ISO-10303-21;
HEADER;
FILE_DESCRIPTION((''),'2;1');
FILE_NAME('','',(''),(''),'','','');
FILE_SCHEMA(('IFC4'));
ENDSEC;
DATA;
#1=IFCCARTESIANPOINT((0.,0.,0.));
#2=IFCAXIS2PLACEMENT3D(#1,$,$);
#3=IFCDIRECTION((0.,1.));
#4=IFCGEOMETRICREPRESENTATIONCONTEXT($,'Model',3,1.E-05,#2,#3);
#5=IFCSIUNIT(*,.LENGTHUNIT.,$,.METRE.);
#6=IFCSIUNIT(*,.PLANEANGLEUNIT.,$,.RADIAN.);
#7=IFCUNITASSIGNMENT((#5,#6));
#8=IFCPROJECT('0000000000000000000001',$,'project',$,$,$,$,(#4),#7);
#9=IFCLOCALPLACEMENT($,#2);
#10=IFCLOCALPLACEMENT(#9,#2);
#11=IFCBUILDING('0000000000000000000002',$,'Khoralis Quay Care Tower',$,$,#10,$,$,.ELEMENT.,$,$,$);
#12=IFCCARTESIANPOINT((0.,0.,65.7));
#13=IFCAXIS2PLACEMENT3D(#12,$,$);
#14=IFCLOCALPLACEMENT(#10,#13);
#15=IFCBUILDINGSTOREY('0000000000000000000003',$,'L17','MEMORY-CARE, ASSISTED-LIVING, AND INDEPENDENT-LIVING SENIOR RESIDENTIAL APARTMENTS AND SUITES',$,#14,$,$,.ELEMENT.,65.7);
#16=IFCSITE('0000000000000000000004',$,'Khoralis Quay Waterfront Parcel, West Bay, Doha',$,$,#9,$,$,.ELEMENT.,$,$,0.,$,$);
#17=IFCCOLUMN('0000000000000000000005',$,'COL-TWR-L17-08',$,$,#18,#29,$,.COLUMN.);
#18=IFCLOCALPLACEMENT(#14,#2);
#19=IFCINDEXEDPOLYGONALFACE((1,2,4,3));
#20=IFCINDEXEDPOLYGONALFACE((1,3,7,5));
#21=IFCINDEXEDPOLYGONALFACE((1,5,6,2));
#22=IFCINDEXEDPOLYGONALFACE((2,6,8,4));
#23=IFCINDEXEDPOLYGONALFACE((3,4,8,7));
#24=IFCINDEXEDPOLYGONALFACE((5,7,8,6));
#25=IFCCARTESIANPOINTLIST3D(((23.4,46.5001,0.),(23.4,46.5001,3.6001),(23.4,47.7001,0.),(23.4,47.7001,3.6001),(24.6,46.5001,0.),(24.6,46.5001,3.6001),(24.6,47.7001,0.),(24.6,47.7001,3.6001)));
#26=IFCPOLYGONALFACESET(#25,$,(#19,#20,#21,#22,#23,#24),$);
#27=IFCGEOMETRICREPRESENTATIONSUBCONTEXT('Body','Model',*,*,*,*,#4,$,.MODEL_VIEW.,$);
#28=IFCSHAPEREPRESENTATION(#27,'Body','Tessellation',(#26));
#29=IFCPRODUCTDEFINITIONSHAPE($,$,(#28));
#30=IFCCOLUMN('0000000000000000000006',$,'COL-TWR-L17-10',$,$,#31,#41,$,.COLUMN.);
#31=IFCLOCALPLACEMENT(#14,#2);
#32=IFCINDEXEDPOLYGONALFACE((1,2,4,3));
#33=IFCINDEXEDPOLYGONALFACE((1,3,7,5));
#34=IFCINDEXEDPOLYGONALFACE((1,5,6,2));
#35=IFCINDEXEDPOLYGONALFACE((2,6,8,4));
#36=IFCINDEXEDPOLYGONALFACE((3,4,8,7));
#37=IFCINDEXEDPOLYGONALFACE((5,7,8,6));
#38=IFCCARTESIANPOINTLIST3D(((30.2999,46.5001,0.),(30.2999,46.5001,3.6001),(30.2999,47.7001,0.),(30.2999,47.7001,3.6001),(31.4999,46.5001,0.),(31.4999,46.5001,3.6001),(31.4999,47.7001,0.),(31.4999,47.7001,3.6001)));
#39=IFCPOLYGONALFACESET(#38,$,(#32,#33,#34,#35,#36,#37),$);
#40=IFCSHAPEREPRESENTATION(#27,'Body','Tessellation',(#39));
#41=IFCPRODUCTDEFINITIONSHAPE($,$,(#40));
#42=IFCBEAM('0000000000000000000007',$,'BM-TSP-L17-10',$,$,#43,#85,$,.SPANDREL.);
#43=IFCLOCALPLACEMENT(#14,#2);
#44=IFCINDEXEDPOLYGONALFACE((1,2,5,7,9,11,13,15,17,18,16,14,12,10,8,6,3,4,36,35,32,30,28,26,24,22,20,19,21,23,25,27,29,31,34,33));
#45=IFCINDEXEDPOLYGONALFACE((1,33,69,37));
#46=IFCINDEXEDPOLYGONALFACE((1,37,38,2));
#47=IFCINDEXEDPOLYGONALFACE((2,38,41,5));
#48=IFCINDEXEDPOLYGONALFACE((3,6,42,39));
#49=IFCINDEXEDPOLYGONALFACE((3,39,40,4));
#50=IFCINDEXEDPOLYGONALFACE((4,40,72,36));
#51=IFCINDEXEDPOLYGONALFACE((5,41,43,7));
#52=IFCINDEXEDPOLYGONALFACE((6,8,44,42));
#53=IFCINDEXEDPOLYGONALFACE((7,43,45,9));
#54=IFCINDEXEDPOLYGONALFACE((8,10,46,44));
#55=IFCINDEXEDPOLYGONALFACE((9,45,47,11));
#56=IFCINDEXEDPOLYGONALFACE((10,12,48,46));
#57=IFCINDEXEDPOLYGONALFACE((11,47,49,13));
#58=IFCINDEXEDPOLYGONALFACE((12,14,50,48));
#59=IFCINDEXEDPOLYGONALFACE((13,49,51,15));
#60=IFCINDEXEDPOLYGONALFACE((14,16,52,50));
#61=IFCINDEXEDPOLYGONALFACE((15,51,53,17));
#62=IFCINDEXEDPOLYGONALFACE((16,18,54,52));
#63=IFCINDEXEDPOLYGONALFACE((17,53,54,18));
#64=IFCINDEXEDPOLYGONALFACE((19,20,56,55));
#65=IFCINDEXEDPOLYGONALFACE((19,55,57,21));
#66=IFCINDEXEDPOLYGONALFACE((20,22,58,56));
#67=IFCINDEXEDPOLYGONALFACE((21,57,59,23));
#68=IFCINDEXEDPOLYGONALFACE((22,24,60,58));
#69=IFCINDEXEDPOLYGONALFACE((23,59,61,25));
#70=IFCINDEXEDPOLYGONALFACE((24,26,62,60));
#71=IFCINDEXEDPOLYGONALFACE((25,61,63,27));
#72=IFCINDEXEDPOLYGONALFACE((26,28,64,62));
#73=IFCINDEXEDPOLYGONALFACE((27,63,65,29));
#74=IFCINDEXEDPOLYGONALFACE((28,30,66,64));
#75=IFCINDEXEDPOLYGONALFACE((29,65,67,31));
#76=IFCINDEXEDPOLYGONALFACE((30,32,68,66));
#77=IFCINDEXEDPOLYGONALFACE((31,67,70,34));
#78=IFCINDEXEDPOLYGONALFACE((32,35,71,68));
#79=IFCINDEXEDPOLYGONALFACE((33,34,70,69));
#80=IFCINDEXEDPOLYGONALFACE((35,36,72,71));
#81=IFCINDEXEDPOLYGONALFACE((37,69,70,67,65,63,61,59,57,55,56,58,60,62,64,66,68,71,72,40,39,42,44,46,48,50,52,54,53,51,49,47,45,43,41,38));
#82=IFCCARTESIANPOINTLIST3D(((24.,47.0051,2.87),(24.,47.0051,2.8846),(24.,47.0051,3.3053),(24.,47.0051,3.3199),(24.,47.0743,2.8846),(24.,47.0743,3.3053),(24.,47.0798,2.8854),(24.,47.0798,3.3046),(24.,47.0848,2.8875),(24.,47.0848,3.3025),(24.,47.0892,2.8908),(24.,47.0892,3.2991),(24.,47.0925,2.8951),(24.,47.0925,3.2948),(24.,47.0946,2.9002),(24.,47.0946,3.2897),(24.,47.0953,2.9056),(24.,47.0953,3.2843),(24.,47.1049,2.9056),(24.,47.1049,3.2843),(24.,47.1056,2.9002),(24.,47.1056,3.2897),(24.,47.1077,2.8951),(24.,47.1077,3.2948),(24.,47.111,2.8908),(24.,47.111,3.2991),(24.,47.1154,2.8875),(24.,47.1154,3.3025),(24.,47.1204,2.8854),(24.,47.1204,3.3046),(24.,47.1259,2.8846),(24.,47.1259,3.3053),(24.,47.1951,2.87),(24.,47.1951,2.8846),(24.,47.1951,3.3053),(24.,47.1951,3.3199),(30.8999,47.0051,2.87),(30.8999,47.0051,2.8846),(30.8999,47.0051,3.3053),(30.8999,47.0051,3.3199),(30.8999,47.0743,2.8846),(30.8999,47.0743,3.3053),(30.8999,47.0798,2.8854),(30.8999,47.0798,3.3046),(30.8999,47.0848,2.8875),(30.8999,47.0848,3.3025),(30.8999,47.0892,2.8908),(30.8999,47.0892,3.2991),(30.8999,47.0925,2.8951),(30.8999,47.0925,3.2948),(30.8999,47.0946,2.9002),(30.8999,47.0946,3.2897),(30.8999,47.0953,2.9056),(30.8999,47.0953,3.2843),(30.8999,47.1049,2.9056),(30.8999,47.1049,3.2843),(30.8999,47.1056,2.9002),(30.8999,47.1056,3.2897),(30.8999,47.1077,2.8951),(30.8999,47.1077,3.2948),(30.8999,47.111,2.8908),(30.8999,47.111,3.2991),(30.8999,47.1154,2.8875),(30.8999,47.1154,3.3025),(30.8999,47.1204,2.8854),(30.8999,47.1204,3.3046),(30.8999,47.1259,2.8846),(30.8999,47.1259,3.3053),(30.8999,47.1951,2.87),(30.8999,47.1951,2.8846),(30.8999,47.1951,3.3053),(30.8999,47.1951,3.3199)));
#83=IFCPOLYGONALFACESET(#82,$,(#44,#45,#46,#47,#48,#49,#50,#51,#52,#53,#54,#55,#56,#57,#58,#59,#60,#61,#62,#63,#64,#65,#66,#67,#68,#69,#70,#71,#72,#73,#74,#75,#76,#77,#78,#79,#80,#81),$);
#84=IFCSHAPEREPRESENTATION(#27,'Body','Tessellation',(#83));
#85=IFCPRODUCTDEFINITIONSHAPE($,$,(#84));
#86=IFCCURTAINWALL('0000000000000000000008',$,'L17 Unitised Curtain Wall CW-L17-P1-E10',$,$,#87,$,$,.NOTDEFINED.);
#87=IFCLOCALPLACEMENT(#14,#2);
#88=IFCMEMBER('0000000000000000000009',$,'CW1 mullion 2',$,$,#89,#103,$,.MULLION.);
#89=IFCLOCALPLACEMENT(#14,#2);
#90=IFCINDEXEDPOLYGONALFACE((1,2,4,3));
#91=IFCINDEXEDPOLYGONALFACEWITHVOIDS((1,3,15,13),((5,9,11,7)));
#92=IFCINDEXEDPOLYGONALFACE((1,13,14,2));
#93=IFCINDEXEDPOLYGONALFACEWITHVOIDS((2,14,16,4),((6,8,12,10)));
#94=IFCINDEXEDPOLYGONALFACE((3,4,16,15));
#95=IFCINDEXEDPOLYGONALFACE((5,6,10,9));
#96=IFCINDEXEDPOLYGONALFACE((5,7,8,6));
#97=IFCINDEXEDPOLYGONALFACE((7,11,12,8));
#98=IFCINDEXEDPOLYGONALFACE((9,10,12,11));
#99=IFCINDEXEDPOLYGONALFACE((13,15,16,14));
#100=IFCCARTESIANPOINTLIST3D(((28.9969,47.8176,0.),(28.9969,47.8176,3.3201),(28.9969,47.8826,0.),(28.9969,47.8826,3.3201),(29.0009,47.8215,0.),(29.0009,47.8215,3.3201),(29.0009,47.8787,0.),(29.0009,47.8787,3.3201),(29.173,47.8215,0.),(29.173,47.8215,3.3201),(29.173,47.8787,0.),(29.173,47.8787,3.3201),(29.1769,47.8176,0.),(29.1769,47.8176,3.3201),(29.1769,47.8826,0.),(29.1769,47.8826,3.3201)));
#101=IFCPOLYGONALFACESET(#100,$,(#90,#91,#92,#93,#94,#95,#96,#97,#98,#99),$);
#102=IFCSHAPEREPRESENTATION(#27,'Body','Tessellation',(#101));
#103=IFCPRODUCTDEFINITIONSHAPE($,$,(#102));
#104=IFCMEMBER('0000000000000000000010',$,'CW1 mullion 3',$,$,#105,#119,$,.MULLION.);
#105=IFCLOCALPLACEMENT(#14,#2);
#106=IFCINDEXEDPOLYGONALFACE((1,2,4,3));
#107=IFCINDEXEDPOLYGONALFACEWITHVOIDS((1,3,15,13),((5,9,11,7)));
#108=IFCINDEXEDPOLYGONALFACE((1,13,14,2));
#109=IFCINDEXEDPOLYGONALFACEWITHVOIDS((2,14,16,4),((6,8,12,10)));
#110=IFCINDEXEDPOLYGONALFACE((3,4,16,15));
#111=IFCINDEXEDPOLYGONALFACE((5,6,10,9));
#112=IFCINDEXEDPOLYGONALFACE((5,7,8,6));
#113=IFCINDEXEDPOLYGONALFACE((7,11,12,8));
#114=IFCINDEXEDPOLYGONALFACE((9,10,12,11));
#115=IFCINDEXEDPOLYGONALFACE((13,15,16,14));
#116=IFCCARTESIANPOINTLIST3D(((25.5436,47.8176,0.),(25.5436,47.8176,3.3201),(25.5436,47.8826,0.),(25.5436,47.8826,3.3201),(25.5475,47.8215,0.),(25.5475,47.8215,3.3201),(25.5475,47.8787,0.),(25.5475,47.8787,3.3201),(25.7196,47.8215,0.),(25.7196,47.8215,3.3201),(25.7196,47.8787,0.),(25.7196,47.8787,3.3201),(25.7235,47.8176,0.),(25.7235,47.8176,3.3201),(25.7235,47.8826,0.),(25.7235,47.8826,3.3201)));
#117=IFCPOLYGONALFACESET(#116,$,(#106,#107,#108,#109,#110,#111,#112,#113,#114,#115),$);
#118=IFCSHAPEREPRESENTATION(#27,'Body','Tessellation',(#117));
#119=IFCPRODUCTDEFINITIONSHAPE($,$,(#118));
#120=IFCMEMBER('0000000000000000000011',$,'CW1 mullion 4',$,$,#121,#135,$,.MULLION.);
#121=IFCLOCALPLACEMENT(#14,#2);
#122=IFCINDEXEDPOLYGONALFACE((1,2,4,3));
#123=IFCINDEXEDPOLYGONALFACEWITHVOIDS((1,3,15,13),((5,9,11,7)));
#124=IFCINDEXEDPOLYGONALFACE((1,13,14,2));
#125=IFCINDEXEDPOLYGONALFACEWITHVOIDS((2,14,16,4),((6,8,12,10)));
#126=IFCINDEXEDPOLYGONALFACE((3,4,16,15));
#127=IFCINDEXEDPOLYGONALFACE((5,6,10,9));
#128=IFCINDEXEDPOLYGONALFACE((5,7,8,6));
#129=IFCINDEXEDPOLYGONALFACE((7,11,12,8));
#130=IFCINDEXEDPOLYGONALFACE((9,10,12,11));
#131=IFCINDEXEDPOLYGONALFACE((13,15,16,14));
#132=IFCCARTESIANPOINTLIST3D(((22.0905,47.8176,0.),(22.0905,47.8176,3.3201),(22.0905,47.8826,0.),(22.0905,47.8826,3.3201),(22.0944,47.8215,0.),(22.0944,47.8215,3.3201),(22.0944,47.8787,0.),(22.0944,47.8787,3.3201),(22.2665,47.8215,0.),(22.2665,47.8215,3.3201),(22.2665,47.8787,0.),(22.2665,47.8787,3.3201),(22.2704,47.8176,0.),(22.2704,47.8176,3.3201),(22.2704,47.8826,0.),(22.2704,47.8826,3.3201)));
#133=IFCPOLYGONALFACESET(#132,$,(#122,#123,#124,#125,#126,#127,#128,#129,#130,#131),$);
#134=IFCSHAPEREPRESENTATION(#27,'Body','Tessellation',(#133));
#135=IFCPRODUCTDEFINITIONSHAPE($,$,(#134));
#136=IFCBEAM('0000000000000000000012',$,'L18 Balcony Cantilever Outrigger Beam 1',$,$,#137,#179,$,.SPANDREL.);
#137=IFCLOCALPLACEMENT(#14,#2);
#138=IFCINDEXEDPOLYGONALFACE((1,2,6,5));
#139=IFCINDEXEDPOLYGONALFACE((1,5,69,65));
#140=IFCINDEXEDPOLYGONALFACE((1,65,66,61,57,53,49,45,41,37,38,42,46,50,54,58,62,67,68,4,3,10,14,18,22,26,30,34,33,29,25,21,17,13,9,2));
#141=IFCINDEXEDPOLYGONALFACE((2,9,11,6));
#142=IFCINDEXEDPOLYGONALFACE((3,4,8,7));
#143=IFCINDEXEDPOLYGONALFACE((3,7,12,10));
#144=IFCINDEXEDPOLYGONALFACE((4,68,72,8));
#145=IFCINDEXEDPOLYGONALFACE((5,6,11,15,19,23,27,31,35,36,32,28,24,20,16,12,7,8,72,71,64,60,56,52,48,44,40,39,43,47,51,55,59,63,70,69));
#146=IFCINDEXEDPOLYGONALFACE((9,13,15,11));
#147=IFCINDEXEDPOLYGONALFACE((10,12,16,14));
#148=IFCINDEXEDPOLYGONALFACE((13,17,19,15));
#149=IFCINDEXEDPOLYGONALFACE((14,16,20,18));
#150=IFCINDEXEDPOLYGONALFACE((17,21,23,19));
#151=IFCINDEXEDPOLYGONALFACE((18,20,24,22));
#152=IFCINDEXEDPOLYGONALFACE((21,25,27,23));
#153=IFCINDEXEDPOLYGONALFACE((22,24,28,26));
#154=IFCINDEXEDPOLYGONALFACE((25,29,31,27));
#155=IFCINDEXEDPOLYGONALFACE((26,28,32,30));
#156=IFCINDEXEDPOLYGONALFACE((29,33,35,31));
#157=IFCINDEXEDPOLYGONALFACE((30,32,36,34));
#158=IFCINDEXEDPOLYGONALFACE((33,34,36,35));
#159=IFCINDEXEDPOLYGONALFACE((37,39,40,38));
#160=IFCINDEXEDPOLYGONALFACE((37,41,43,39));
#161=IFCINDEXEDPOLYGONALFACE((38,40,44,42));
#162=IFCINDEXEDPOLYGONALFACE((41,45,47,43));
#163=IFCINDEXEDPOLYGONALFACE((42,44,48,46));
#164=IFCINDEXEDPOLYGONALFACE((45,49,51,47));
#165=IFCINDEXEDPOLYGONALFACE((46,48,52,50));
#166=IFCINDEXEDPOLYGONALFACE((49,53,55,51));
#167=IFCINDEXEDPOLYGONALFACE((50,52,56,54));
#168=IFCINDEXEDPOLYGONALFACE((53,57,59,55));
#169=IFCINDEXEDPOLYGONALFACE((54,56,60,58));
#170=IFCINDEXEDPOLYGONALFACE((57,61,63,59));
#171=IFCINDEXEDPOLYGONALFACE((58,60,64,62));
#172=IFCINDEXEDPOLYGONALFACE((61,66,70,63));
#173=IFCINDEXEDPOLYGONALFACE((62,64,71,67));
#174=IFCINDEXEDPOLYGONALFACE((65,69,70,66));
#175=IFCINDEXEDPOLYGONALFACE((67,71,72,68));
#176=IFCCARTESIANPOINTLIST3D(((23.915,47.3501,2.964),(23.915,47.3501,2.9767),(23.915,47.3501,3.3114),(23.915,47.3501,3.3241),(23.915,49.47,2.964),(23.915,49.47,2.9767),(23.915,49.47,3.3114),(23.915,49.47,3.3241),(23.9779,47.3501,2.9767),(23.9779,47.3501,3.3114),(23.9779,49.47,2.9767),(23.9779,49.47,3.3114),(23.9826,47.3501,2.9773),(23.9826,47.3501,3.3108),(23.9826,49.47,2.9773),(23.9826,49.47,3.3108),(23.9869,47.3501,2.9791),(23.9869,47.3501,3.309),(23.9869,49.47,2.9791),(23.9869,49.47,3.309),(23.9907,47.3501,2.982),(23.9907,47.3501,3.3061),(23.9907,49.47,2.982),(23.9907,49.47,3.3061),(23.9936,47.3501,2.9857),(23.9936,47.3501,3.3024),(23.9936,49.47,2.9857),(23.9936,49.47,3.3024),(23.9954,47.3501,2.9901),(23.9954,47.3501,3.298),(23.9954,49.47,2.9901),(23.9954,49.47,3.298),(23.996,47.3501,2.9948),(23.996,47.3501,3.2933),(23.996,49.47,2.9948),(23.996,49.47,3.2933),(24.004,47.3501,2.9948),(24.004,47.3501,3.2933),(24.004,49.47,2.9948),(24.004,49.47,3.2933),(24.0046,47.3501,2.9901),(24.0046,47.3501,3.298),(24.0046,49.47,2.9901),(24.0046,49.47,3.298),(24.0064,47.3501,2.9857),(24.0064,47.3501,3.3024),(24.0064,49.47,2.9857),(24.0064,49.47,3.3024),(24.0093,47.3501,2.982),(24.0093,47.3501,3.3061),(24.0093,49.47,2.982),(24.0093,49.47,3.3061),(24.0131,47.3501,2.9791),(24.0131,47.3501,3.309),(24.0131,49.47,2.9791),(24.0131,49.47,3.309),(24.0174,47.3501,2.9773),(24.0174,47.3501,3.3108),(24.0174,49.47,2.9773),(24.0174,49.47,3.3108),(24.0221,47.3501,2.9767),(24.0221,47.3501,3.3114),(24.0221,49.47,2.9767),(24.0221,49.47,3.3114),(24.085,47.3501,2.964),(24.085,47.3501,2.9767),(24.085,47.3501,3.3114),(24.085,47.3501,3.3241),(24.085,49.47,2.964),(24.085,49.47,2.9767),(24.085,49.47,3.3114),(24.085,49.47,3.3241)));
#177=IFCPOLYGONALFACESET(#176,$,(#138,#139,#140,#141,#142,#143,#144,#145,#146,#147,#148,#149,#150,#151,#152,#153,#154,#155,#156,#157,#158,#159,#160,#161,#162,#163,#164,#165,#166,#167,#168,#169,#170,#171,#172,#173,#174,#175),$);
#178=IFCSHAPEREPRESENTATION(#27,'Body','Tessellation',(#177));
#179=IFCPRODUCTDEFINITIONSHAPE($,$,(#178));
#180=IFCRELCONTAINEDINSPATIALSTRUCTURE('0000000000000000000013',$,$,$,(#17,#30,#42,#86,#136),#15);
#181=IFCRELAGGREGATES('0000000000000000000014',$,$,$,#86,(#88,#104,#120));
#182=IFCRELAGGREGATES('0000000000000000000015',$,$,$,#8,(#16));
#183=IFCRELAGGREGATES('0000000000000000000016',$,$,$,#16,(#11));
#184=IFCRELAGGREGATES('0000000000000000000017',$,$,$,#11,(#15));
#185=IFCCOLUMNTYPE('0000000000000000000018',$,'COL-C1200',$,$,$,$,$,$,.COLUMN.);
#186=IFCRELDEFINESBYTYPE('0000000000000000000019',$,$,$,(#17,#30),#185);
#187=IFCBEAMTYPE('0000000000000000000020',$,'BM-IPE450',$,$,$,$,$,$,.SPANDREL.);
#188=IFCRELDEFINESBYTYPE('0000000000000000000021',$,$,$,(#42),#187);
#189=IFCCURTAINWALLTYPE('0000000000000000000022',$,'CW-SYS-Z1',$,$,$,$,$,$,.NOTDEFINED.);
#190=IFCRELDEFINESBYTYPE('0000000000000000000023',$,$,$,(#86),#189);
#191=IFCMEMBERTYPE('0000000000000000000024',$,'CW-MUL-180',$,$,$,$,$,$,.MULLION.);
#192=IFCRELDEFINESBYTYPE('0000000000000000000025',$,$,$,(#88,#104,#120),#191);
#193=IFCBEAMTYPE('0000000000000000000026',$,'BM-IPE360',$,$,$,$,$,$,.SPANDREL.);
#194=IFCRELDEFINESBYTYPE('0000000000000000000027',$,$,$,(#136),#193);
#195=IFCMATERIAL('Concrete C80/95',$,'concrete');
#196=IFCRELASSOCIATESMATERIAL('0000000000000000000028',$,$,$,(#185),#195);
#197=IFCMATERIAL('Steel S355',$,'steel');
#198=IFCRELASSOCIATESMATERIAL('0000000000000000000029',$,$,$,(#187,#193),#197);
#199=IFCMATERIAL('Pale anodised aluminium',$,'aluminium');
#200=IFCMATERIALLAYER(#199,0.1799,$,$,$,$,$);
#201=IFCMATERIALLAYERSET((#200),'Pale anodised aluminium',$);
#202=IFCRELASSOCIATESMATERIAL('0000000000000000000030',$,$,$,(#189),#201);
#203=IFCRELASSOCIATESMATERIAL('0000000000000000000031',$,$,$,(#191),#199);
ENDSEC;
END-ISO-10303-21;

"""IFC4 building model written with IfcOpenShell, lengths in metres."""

from ifc_helpers import new_model, si_unit, direction, frame, origin, origin_2d, place, context, subcontext, project, spatial, rectangle, hollow_rectangle, i_section, extrude, source, transform, mapped, material, layer, layer_set, material_profile, profile_set, type_object, element, aggregate, save


model = new_model("IFC4")

# Units and contexts
model_context = context("Model", 3, precision=1e-05, world=origin(), true_north=direction((0.0, 1.0)))
body_context = subcontext(model_context, "Body", "Model", "MODEL_VIEW")
ifc_project = project(units=[si_unit("LENGTHUNIT", "METRE"), si_unit("PLANEANGLEUNIT", "RADIAN")], contexts=[model_context])

# Site, building, storey
site_placement = place(None, origin())
site = spatial("IfcSite", under=ifc_project, at=site_placement, Name="Khoralis Quay Waterfront Parcel, West Bay, Doha", CompositionType="ELEMENT", RefElevation=0.0)
building_placement = place(site_placement, origin())
building = spatial("IfcBuilding", under=site, at=building_placement, Name="Khoralis Quay Care Tower", CompositionType="ELEMENT")
storey_placement = place(building_placement, frame((0.0, 0.0, 65.7)))
storey = spatial("IfcBuildingStorey", under=building, at=storey_placement, Name="L17", Description="MEMORY-CARE, ASSISTED-LIVING, AND INDEPENDENT-LIVING SENIOR RESIDENTIAL APARTMENTS AND SUITES", CompositionType="ELEMENT", Elevation=65.7)

# Columns
ifc_material_1 = material(Name="Concrete C80/95", Category="concrete")
ifc_material_profile_1 = material_profile(ifc_material_1, rectangle(XDim=1.2, YDim=1.2, at=origin_2d()), Name="Concrete C80/95")
ifc_profile_set_1 = profile_set([ifc_material_profile_1], Name="Concrete C80/95")
column_type = type_object("IfcColumnType", Name="COL-C1200", PredefinedType="COLUMN", material=ifc_profile_set_1)
shared_shape_1 = source(origin(), body_context, "Body", "SweptSolid", [
    extrude(rectangle(XDim=1.2, YDim=1.2, at=origin_2d()), origin(), (0.0, 0.0, 1.0), 3.6001),
])
for number, where, z_axis, x_axis, name in (
    (1, (24.0, 47.1001, 0.0), (0.0, 0.0, 1.0), (1.0, 0.0, 0.0), "COL-TWR-L17-08"),
    (2, (30.8999, 47.1001, 0.0), (0.0, 0.0, 1.0), (1.0, 0.0, 0.0), "COL-TWR-L17-10"),
):
    element("IfcColumn", number, at=place(storey_placement, frame(where, z_axis=z_axis, x_axis=x_axis)), inside=storey, type_object=column_type, Name=name, PredefinedType="COLUMN", context=body_context, shape_type="MappedRepresentation", body=[
        mapped(shared_shape_1, transform((0.0, 0.0, 0.0), scale=1.0)),
    ])

# Beam
ifc_material_2 = material(Name="Steel S355", Category="steel")
ifc_material_profile_2 = material_profile(ifc_material_2, i_section(OverallWidth=0.1899, OverallDepth=0.45, WebThickness=0.0095, FlangeThickness=0.0146, FilletRadius=0.021, at=origin_2d()), Name="Steel S355")
ifc_profile_set_2 = profile_set([ifc_material_profile_2], Name="Steel S355")
beam_type_1 = type_object("IfcBeamType", Name="BM-IPE450", PredefinedType="SPANDREL", material=ifc_profile_set_2)
shared_shape_2 = source(origin(), body_context, "Body", "SweptSolid", [
    extrude(i_section(OverallWidth=0.1899, OverallDepth=0.45, WebThickness=0.0095, FlangeThickness=0.0146, FilletRadius=0.021, at=origin_2d()), origin(), (0.0, 0.0, 1.0), 6.8999),
])
beam_1_placement = place(storey_placement, frame((24.0, 47.1001, 3.095), z_axis=(1.0, 0.0, 0.0), x_axis=(0.0, 1.0, 0.0)))
element("IfcBeam", 3, at=beam_1_placement, inside=storey, type_object=beam_type_1, Name="BM-TSP-L17-10", PredefinedType="SPANDREL", context=body_context, shape_type="MappedRepresentation", body=[
    mapped(shared_shape_2, transform((0.0, 0.0, 0.0), scale=1.0)),
])

# Curtain wall, members
ifc_material_3 = material(Name="Pale anodised aluminium", Category="aluminium")
ifc_layer_1 = layer(ifc_material_3, 0.1799)
ifc_layer_set_1 = layer_set([ifc_layer_1], Name="Pale anodised aluminium")
curtain_wall_type = type_object("IfcCurtainWallType", Name="CW-SYS-Z1", PredefinedType="NOTDEFINED", material=ifc_layer_set_1)
curtain_wall_placement = place(storey_placement, origin())
curtain_wall = element("IfcCurtainWall", 4, at=curtain_wall_placement, inside=storey, type_object=curtain_wall_type, Name="L17 Unitised Curtain Wall CW-L17-P1-E10", PredefinedType="NOTDEFINED")
ifc_material_profile_3 = material_profile(ifc_material_3, hollow_rectangle(XDim=0.0649, YDim=0.1799, WallThickness=0.0039, at=origin_2d()), Name="Pale anodised aluminium")
ifc_profile_set_3 = profile_set([ifc_material_profile_3], Name="Pale anodised aluminium")
member_type_1 = type_object("IfcMemberType", Name="CW-MUL-180", PredefinedType="MULLION", material=ifc_profile_set_3)
shared_shape_3 = source(origin(), body_context, "Body", "SweptSolid", [
    extrude(hollow_rectangle(XDim=0.0649, YDim=0.1799, WallThickness=0.0039, at=origin_2d()), origin(), (0.0, 0.0, 1.0), 3.3201),
])
member_1_placement = place(storey_placement, frame((29.0869, 47.8501, 0.0), z_axis=(0.0, 0.0, 1.0), x_axis=(0.0, -1.0, 0.0)))
member_1 = element("IfcMember", 5, at=member_1_placement, type_object=member_type_1, Name="CW1 mullion 2", PredefinedType="MULLION", context=body_context, shape_type="MappedRepresentation", body=[
    mapped(shared_shape_3, transform((0.0, 0.0, 0.0), scale=1.0)),
])
member_2_placement = place(storey_placement, frame((25.6335, 47.8501, 0.0), z_axis=(0.0, 0.0, 1.0), x_axis=(0.0, -1.0, 0.0)))
member_2 = element("IfcMember", 6, at=member_2_placement, type_object=member_type_1, Name="CW1 mullion 3", PredefinedType="MULLION", context=body_context, shape_type="MappedRepresentation", body=[
    mapped(shared_shape_3, transform((0.0, 0.0, 0.0), scale=1.0)),
])
member_3_placement = place(storey_placement, frame((22.1804, 47.8501, 0.0), z_axis=(0.0, 0.0, 1.0), x_axis=(0.0, -1.0, 0.0)))
member_3 = element("IfcMember", 7, at=member_3_placement, type_object=member_type_1, Name="CW1 mullion 4", PredefinedType="MULLION", context=body_context, shape_type="MappedRepresentation", body=[
    mapped(shared_shape_3, transform((0.0, 0.0, 0.0), scale=1.0)),
])

# Beam
ifc_material_profile_4 = material_profile(ifc_material_2, i_section(OverallWidth=0.1699, OverallDepth=0.3601, WebThickness=0.0081, FlangeThickness=0.0127, FilletRadius=0.0181, at=origin_2d()), Name="Steel S355")
ifc_profile_set_4 = profile_set([ifc_material_profile_4], Name="Steel S355")
beam_type_2 = type_object("IfcBeamType", Name="BM-IPE360", PredefinedType="SPANDREL", material=ifc_profile_set_4)
shared_shape_4 = source(origin(), body_context, "Body", "SweptSolid", [
    extrude(i_section(OverallWidth=0.1699, OverallDepth=0.3601, WebThickness=0.0081, FlangeThickness=0.0127, FilletRadius=0.0181, at=origin_2d()), origin(), (0.0, 0.0, 1.0), 2.1199),
])
beam_2_placement = place(storey_placement, frame((24.0, 47.3501, 3.144), z_axis=(0.0, 1.0, 0.0), x_axis=(-1.0, 0.0, 0.0)))
element("IfcBeam", 8, at=beam_2_placement, inside=storey, type_object=beam_type_2, Name="L18 Balcony Cantilever Outrigger Beam 1", PredefinedType="SPANDREL", context=body_context, shape_type="MappedRepresentation", body=[
    mapped(shared_shape_4, transform((0.0, 0.0, 0.0), scale=1.0)),
])

aggregate(curtain_wall, [member_1, member_2, member_3])

save(model, "model.ifc")
